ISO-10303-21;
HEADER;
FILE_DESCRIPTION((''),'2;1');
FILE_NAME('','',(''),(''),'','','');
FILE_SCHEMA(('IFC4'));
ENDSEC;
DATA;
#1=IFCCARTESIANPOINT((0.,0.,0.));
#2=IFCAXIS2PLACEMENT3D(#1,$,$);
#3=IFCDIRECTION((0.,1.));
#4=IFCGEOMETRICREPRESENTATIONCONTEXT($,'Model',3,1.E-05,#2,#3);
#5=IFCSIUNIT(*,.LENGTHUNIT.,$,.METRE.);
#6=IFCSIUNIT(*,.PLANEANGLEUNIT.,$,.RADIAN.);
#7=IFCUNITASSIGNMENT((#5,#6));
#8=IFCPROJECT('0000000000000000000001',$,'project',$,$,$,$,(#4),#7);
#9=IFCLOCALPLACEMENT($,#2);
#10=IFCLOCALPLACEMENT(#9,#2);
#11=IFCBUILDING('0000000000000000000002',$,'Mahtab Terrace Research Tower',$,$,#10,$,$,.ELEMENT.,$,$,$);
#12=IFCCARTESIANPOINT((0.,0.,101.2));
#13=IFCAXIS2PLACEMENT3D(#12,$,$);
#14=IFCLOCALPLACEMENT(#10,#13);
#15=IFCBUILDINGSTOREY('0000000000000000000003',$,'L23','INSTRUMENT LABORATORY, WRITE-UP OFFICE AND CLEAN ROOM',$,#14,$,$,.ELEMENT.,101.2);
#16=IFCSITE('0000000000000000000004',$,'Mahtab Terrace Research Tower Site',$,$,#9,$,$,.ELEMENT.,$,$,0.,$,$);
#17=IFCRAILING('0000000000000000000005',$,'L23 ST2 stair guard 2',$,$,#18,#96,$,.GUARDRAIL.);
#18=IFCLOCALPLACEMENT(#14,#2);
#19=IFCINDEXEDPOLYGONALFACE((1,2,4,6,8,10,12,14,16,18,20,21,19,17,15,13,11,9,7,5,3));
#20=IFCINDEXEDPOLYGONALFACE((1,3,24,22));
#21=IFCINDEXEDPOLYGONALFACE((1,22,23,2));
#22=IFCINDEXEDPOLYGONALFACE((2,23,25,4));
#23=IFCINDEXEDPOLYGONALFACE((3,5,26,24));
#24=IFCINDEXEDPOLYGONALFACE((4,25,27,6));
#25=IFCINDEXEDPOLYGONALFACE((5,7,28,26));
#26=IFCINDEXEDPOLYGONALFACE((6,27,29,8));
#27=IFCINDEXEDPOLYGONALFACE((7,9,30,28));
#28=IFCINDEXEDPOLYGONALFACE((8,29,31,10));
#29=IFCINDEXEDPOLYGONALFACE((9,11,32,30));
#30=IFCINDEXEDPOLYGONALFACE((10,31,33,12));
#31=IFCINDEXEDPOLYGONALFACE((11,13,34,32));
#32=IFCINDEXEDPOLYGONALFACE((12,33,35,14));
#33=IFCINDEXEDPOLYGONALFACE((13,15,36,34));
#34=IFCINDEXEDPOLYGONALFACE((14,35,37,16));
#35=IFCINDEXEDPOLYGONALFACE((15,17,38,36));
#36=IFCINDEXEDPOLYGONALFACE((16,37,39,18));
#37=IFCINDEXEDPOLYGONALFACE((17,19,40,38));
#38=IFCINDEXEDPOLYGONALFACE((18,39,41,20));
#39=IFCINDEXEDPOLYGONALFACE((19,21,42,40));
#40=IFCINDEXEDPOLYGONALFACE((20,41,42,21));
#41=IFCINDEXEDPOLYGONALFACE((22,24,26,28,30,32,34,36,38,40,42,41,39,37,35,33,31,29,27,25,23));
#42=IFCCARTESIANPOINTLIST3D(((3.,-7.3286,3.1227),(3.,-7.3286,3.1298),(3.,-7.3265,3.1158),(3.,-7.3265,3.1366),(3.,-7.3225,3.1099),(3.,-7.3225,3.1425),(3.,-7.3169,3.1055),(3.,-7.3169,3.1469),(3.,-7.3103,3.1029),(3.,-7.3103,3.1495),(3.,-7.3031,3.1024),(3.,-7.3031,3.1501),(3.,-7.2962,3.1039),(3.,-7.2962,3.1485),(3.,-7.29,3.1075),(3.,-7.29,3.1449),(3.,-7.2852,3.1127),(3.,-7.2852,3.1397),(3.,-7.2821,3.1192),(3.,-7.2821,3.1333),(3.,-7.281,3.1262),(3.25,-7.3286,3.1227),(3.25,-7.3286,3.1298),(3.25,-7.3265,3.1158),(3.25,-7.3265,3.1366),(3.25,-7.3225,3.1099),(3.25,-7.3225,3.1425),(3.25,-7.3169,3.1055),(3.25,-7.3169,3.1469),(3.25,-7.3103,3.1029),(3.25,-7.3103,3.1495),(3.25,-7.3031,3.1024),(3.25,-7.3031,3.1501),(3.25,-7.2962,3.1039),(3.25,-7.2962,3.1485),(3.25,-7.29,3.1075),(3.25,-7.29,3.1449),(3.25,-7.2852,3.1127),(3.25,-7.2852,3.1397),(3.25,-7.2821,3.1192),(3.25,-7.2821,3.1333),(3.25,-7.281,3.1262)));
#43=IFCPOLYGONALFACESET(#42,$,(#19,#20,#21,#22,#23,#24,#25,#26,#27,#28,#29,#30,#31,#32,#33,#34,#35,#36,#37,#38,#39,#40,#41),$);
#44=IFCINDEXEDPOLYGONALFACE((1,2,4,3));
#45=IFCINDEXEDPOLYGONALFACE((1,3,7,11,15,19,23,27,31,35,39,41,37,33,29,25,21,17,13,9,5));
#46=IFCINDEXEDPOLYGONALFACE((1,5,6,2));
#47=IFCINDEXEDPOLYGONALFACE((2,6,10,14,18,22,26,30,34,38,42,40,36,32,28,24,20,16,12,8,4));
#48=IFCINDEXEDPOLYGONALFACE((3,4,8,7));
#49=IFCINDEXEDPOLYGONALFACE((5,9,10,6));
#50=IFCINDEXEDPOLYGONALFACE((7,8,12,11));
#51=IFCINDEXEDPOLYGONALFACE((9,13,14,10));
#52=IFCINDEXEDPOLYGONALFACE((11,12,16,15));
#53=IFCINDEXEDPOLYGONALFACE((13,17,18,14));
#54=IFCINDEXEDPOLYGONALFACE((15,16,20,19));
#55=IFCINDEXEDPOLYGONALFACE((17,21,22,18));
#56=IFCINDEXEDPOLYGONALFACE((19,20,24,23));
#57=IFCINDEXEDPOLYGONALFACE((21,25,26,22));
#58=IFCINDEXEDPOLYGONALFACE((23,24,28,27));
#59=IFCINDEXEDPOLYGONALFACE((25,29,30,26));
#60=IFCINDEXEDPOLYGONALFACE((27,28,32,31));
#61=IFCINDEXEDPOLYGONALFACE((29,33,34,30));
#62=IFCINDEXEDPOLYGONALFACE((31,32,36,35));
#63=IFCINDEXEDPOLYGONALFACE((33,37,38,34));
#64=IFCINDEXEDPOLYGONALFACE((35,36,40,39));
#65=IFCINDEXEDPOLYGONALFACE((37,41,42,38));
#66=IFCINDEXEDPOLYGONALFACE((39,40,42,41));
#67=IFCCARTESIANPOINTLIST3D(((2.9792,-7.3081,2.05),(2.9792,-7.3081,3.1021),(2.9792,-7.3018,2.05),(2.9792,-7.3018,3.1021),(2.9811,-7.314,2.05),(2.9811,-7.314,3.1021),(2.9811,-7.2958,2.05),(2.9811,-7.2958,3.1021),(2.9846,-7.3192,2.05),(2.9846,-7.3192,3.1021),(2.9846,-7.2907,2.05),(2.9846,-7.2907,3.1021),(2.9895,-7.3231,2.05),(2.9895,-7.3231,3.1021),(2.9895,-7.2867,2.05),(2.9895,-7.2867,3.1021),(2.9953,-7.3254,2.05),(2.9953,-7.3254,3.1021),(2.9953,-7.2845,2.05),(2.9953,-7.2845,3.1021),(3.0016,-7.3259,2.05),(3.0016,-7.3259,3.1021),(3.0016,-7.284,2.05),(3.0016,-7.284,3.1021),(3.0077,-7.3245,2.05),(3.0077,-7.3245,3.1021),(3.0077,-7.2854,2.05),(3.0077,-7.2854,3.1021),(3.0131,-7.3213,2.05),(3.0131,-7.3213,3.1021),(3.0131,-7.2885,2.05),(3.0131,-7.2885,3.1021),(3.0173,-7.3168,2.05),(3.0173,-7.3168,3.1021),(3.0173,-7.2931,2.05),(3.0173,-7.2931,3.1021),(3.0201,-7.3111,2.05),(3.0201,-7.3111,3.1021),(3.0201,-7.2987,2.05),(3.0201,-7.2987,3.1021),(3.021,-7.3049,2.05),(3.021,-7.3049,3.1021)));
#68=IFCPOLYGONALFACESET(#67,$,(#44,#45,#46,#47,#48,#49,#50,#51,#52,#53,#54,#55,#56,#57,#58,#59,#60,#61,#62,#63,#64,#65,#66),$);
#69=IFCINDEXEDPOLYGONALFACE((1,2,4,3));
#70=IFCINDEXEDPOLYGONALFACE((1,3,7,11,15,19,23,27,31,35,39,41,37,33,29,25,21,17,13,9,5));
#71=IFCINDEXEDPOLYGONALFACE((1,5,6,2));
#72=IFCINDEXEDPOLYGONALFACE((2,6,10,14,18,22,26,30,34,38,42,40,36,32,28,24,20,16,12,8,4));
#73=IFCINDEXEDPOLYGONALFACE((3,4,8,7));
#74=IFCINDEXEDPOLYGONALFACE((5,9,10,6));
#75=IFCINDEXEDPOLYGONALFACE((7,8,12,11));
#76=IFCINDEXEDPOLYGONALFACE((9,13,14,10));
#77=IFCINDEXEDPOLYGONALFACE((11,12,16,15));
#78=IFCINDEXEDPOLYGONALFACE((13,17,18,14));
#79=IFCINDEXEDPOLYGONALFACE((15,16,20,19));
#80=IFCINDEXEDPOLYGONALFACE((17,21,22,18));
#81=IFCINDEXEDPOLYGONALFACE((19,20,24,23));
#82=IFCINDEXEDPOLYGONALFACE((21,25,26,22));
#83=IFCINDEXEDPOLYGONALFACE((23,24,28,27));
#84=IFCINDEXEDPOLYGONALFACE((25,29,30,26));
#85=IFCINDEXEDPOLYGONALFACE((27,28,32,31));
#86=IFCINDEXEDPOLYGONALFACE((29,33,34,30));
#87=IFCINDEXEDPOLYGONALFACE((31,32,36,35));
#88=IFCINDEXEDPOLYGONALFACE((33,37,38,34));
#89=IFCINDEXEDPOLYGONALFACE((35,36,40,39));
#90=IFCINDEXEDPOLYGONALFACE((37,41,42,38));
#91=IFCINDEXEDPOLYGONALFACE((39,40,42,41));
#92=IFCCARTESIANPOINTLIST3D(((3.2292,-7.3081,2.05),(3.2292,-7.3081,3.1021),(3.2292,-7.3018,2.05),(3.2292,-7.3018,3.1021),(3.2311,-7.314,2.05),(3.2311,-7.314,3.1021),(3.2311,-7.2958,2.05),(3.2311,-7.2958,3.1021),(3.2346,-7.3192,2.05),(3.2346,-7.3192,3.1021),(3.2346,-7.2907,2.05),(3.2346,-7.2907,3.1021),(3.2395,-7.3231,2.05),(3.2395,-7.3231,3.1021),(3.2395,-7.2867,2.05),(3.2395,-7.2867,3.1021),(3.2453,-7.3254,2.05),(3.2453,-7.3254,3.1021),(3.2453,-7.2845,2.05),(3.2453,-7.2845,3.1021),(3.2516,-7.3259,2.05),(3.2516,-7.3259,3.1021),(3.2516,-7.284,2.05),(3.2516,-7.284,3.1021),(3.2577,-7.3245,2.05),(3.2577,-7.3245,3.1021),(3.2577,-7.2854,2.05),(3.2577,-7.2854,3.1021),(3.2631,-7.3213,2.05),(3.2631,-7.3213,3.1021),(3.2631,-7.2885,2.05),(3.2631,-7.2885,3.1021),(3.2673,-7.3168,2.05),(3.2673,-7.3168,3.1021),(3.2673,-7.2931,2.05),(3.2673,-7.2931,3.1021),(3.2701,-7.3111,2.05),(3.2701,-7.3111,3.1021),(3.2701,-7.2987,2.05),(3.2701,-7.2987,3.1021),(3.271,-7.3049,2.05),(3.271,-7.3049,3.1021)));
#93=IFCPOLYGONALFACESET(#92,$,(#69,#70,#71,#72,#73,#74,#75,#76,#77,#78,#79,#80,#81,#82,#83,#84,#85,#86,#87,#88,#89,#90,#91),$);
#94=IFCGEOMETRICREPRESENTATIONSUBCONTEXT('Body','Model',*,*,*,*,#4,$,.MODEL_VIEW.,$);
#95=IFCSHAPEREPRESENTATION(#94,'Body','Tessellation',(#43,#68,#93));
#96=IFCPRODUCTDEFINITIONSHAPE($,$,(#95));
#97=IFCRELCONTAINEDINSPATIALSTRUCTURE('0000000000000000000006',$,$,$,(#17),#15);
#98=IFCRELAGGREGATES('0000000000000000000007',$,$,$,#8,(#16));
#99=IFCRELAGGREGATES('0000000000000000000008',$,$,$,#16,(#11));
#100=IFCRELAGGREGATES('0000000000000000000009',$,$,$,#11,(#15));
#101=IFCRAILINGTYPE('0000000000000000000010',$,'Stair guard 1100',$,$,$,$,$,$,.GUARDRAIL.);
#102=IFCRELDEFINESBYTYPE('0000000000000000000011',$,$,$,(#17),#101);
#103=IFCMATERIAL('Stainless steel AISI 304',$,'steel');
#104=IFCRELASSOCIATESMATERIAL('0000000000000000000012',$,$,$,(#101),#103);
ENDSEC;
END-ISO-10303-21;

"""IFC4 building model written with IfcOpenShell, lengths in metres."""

from ifc_helpers import new_model, si_unit, direction, frame, origin, origin_2d, place, context, subcontext, project, spatial, circle, extrude, material, type_object, element, save


model = new_model("IFC4")

# Units and contexts
model_context = context("Model", 3, precision=1e-05, world=origin(), true_north=direction((0.0, 1.0)))
body_context = subcontext(model_context, "Body", "Model", "MODEL_VIEW")
ifc_project = project(units=[si_unit("LENGTHUNIT", "METRE"), si_unit("PLANEANGLEUNIT", "RADIAN")], contexts=[model_context])

# Site, building, storey
site_placement = place(None, origin())
site = spatial("IfcSite", under=ifc_project, at=site_placement, Name="Mahtab Terrace Research Tower Site", CompositionType="ELEMENT", RefElevation=0.0)
building_placement = place(site_placement, origin())
building = spatial("IfcBuilding", under=site, at=building_placement, Name="Mahtab Terrace Research Tower", CompositionType="ELEMENT")
storey_placement = place(building_placement, frame((0.0, 0.0, 101.2)))
storey = spatial("IfcBuildingStorey", under=building, at=storey_placement, Name="L23", Description="INSTRUMENT LABORATORY, WRITE-UP OFFICE AND CLEAN ROOM", CompositionType="ELEMENT", Elevation=101.2)

# Railing
ifc_material_1 = material(Name="Stainless steel AISI 304", Category="steel")
railing_type_1 = type_object("IfcRailingType", Name="Stair guard 1100", PredefinedType="GUARDRAIL", material=ifc_material_1)
railing_1_placement = place(storey_placement, frame((3.0, -7.3049, 2.05)))
element("IfcRailing", 1, at=railing_1_placement, inside=storey, type_object=railing_type_1, Name="L23 ST2 stair guard 2", PredefinedType="GUARDRAIL", context=body_context, shape_type="SweptSolid", body=[
    extrude(circle(Radius=0.0239, at=origin_2d()), frame((0.0, 0.0, 1.0762), z_axis=(1.0, 0.0, 0.0), x_axis=(0.0, 1.0, 0.0)), (0.0, 0.0, 1.0), 0.25),
    extrude(circle(Radius=0.021, at=origin_2d()), origin(), (0.0, 0.0, 1.0), 1.052),
    extrude(circle(Radius=0.021, at=origin_2d()), frame((0.25, 0.0, 0.0)), (0.0, 0.0, 1.0), 1.052),
])

save(model, "model.ifc")
